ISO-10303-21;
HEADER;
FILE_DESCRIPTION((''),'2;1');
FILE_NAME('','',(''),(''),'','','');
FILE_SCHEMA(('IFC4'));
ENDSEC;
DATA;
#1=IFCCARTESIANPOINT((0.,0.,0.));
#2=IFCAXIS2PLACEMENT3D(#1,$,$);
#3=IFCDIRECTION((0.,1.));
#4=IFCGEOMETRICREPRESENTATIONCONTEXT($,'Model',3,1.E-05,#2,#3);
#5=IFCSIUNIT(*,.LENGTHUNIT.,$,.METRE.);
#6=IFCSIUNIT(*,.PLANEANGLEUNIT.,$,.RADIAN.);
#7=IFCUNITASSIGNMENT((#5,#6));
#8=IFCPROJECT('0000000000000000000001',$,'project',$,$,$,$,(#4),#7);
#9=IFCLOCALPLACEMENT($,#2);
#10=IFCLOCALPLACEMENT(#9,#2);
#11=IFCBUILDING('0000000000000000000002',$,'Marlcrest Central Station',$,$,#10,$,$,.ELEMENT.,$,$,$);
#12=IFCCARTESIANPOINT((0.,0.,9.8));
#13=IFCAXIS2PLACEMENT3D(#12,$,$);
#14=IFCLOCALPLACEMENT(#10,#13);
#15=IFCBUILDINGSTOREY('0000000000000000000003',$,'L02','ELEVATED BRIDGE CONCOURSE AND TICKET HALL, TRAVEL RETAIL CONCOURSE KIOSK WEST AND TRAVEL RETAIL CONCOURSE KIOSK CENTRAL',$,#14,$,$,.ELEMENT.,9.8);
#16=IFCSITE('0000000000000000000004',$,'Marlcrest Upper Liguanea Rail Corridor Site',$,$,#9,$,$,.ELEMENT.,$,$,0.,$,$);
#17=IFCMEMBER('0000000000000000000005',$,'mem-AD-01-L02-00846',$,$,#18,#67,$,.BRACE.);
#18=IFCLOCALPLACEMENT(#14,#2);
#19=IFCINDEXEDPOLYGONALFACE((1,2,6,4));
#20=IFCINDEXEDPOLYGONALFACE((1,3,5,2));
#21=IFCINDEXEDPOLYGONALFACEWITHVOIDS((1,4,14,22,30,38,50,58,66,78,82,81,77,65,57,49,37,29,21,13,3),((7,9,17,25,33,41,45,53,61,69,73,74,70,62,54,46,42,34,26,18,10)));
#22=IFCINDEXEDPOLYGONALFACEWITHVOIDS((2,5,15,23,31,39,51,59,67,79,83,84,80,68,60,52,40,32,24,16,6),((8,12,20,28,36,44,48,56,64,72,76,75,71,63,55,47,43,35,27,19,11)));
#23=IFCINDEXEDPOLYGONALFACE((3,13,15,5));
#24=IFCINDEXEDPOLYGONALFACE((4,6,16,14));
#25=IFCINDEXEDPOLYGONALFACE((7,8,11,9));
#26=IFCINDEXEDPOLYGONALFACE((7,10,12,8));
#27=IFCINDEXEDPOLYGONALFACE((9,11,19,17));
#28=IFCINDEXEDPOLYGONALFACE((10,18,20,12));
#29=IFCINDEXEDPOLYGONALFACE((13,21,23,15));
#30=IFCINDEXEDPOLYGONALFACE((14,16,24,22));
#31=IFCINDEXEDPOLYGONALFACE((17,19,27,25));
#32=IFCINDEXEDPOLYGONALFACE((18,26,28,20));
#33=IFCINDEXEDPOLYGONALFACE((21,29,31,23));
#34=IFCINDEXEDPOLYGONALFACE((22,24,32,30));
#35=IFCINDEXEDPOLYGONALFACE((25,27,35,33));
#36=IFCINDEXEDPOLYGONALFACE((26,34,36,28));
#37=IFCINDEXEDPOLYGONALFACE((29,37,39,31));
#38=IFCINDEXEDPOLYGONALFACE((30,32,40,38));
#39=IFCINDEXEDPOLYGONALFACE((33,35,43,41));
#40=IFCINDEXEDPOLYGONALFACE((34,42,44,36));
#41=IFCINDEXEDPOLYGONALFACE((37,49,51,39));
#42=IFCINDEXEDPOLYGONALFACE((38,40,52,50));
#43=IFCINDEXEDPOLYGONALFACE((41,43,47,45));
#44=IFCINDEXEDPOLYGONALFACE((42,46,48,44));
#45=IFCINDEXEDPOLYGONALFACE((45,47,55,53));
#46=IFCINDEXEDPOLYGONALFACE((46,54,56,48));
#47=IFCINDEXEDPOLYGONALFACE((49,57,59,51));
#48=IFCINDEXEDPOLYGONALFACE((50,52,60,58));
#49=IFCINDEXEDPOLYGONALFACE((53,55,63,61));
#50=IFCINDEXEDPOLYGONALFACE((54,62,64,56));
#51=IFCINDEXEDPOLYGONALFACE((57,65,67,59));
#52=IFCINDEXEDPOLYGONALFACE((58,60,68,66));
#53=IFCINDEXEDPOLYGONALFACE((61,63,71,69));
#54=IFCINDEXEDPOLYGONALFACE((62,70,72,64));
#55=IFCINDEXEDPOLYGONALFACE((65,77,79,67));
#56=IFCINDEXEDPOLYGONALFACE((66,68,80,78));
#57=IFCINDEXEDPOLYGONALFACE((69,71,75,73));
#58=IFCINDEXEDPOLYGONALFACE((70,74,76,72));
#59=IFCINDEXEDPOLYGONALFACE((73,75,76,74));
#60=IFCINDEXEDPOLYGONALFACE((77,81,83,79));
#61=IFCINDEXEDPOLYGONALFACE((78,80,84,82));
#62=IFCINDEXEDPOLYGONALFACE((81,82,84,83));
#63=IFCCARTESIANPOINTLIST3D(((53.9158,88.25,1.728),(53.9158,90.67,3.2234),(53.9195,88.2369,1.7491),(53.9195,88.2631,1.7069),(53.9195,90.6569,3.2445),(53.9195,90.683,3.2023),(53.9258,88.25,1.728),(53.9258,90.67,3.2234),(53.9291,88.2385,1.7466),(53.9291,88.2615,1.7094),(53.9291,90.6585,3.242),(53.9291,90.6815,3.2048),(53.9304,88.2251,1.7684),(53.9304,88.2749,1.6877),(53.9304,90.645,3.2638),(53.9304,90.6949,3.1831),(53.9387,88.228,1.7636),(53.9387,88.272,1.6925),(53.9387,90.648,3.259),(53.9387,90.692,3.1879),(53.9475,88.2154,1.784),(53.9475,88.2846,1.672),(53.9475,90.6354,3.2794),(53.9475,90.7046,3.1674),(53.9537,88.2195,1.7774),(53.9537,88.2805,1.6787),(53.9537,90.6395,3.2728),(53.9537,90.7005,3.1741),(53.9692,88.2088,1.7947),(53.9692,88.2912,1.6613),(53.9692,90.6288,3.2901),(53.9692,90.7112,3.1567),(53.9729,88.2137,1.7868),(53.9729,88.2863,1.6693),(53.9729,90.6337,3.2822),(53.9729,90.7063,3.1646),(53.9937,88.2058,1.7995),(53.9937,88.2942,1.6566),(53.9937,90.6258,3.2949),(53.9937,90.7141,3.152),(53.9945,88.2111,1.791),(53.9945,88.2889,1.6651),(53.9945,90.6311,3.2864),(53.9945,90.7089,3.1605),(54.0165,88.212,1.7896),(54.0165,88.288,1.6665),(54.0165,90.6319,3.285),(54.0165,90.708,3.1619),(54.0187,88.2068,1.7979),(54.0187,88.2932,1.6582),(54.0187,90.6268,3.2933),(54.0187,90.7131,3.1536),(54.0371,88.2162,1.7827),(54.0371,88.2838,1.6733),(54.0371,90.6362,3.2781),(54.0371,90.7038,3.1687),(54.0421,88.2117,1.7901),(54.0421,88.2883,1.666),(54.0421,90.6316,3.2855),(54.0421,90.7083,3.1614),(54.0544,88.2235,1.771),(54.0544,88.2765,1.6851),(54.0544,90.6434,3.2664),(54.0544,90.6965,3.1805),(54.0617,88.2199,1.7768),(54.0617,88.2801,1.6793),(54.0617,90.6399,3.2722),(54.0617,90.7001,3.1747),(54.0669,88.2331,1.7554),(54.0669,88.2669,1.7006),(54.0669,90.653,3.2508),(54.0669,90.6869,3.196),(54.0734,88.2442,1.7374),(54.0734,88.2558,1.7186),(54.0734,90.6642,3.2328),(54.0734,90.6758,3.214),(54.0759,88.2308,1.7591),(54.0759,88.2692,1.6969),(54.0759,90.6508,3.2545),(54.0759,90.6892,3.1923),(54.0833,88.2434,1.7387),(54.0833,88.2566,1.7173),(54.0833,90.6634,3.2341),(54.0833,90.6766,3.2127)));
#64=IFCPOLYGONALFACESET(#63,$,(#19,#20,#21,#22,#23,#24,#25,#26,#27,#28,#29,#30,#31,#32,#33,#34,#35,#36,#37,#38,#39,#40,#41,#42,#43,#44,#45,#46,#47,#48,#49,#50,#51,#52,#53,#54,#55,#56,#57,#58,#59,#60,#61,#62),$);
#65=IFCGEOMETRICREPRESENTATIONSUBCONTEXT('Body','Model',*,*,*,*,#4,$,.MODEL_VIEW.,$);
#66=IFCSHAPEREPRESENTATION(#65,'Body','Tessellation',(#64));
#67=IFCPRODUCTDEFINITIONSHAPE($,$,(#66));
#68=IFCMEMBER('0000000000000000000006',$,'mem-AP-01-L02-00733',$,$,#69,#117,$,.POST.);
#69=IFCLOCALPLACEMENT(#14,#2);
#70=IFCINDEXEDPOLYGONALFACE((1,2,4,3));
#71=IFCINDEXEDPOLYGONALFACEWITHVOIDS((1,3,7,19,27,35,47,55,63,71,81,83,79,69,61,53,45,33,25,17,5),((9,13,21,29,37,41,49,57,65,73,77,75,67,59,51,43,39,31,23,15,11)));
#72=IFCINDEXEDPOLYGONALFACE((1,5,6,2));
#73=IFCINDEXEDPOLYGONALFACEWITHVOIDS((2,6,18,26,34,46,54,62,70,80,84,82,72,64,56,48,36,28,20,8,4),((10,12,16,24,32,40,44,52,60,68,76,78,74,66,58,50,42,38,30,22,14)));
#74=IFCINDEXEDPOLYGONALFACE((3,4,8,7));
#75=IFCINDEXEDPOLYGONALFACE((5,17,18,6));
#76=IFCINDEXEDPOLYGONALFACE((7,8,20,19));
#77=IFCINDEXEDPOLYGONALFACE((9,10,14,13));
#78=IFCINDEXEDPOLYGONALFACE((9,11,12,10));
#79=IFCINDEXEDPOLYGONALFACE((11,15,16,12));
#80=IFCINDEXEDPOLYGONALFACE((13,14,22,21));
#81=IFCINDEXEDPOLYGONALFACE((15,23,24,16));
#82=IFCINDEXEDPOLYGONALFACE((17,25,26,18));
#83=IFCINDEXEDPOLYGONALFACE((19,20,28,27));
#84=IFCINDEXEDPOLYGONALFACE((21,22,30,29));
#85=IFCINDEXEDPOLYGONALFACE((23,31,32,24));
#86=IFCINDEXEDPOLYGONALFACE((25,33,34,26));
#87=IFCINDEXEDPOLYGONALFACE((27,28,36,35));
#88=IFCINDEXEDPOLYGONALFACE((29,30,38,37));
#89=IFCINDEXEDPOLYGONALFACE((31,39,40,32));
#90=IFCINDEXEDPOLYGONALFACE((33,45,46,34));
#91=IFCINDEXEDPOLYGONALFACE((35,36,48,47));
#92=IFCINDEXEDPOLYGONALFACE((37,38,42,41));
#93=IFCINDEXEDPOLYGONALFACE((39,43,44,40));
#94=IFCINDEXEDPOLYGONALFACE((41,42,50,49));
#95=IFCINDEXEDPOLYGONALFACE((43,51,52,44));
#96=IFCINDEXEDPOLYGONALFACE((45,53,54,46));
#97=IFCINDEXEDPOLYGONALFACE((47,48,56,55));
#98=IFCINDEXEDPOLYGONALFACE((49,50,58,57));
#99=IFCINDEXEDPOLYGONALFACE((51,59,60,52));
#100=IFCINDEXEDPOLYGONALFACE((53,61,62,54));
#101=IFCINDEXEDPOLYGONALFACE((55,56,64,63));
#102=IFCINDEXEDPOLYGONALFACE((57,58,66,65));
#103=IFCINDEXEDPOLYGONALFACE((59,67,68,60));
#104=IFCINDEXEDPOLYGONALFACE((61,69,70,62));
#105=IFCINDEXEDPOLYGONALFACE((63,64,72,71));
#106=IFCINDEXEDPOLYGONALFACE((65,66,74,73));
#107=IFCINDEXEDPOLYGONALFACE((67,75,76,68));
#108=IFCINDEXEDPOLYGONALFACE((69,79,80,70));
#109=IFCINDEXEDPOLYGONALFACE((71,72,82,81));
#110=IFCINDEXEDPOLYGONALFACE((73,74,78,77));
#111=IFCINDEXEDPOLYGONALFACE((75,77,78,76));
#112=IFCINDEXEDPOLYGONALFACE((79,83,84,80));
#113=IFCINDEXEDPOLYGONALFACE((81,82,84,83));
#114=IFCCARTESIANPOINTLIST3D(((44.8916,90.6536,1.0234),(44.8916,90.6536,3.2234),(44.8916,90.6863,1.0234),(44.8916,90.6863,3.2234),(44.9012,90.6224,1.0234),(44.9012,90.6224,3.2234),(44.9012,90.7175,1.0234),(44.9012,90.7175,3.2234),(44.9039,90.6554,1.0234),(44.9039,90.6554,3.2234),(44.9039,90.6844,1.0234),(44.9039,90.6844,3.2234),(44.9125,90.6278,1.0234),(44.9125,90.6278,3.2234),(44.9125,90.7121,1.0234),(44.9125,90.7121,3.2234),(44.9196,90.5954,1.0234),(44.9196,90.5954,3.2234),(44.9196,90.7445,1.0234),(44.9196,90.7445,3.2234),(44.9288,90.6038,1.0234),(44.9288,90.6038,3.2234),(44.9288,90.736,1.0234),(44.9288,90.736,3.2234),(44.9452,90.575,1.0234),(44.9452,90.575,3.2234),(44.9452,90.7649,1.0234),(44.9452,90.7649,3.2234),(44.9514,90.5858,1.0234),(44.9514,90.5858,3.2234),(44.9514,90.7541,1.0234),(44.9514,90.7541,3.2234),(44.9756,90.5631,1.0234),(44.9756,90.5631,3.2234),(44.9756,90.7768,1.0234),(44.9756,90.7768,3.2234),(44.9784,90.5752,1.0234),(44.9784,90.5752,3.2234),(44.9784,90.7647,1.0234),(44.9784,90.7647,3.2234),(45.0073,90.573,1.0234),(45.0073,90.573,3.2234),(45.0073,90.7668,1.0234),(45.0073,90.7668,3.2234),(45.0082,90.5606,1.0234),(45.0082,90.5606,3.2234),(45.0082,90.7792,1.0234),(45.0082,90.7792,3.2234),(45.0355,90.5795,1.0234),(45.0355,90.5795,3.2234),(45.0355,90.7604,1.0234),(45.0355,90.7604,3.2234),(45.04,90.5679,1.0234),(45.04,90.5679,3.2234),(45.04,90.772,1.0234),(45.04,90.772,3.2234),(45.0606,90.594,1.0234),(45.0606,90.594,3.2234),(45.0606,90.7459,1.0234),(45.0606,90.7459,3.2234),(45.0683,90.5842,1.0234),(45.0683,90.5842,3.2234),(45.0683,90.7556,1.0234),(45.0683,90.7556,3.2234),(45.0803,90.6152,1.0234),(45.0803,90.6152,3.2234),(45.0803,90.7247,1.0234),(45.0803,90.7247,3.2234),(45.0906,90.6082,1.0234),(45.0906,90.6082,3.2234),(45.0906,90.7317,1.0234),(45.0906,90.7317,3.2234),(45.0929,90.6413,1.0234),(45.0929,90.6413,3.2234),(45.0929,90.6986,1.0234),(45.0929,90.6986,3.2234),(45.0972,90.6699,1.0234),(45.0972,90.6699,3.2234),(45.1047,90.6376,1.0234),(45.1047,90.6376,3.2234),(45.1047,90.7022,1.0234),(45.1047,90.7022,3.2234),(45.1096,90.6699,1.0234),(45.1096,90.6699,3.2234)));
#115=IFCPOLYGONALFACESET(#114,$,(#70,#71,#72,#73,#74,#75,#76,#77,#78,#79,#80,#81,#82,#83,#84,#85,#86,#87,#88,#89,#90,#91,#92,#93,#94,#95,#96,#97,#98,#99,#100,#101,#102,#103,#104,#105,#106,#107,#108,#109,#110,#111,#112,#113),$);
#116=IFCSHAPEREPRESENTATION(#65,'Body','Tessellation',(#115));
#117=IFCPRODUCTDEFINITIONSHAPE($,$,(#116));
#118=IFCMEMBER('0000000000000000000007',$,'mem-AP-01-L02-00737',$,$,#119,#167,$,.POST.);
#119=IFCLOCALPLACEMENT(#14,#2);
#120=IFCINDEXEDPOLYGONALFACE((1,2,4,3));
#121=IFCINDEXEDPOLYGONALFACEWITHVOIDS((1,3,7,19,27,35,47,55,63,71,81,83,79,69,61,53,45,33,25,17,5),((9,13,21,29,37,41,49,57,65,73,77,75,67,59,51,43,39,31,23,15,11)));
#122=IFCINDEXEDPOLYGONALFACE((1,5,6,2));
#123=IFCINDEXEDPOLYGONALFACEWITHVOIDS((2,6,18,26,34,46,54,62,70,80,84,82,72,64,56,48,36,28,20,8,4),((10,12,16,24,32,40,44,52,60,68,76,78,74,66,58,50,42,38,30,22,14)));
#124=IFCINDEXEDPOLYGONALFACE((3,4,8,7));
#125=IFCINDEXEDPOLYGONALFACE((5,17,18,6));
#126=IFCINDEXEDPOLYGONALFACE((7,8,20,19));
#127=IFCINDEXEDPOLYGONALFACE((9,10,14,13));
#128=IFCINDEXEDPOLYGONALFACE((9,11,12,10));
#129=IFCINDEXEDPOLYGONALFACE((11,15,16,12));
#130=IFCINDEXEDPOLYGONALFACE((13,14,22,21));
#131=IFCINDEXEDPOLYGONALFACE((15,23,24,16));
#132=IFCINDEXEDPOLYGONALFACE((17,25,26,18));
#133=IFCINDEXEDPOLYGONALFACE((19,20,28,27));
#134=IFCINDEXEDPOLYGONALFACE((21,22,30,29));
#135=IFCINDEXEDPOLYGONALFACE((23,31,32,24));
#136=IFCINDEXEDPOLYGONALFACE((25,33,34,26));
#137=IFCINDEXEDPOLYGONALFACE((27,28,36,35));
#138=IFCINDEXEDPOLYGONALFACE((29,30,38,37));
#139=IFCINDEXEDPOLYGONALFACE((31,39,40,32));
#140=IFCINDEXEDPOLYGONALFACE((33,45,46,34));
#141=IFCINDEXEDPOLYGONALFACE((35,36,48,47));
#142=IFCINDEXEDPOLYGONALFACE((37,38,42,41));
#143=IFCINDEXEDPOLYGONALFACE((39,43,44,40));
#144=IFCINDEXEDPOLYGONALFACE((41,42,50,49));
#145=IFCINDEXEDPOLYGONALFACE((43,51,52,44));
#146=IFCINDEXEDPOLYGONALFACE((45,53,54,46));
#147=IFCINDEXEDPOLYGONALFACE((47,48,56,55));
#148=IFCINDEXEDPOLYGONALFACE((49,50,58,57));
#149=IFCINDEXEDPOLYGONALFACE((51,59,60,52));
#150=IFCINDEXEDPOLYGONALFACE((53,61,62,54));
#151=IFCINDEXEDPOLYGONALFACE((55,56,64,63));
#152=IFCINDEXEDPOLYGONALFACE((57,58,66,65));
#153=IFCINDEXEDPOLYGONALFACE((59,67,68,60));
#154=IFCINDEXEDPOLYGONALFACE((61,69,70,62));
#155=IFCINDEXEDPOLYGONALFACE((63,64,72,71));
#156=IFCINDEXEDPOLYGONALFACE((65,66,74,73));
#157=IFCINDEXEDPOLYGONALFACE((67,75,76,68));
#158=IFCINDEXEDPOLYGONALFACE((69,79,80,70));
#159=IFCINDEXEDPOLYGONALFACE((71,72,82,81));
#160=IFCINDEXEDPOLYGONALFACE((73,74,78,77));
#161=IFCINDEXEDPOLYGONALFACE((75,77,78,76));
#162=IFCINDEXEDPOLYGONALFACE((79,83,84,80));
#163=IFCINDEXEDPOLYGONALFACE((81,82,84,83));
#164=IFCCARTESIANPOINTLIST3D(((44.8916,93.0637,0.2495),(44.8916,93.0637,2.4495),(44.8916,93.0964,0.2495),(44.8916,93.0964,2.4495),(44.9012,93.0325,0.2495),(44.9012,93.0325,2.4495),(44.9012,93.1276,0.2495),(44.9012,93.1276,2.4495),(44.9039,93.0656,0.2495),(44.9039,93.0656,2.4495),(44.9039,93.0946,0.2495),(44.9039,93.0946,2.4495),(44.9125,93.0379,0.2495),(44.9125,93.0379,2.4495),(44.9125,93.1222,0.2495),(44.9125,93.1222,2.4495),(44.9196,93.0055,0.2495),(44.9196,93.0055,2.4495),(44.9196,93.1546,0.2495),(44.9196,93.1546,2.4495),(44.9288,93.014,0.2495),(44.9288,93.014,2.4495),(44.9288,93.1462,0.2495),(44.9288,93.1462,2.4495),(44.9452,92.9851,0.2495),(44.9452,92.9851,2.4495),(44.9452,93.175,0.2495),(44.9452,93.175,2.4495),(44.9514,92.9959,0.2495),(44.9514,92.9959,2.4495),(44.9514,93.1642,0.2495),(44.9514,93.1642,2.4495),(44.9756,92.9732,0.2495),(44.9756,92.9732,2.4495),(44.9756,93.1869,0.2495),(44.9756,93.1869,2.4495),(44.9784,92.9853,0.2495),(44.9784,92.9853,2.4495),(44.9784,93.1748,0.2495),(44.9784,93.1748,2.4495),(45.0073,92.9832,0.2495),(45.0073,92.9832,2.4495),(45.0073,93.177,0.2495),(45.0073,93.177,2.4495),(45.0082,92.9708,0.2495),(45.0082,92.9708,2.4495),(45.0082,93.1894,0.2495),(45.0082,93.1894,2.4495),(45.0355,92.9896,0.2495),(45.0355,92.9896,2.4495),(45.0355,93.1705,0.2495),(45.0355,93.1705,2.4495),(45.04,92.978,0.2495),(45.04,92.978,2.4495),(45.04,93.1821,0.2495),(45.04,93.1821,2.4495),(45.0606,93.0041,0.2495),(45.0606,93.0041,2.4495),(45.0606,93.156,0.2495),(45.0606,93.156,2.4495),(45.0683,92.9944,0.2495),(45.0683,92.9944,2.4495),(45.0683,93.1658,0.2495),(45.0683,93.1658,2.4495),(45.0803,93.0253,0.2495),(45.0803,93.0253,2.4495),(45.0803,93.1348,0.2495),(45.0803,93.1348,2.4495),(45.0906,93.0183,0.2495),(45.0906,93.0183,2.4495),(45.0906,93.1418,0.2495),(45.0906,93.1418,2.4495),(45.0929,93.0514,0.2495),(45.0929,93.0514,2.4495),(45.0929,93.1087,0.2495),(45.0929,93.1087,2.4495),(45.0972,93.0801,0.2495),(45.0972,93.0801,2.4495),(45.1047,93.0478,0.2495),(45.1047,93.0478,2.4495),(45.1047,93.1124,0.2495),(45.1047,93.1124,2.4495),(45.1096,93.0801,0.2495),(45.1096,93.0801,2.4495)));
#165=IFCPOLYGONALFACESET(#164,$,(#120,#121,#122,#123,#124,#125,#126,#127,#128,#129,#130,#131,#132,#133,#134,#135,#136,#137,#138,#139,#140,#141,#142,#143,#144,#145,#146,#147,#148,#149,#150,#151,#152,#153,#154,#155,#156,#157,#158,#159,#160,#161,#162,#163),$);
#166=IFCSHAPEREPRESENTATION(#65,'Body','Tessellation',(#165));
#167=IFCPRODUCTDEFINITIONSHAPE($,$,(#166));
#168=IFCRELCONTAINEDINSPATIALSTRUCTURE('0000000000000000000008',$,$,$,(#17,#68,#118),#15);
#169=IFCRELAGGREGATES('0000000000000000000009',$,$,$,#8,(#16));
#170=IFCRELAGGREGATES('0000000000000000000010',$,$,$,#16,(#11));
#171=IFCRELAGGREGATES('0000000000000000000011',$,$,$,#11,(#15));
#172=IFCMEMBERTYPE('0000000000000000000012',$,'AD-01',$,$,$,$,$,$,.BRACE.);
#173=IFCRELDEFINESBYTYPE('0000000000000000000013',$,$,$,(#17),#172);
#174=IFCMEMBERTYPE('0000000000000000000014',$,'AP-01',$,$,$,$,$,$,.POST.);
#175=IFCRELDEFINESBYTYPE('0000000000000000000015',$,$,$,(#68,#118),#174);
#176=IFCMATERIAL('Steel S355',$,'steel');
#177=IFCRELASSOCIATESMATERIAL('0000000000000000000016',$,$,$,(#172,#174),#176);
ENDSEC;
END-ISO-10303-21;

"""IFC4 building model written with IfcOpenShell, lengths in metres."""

from ifc_helpers import new_model, si_unit, direction, frame, origin, origin_2d, place, context, subcontext, project, spatial, hollow_circle, extrude, material, material_profile, profile_set, type_object, element, save


model = new_model("IFC4")

# Units and contexts
model_context = context("Model", 3, precision=1e-05, world=origin(), true_north=direction((0.0, 1.0)))
body_context = subcontext(model_context, "Body", "Model", "MODEL_VIEW")
ifc_project = project(units=[si_unit("LENGTHUNIT", "METRE"), si_unit("PLANEANGLEUNIT", "RADIAN")], contexts=[model_context])

# Site, building, storey
site_placement = place(None, origin())
site = spatial("IfcSite", under=ifc_project, at=site_placement, Name="Marlcrest Upper Liguanea Rail Corridor Site", CompositionType="ELEMENT", RefElevation=0.0)
building_placement = place(site_placement, origin())
building = spatial("IfcBuilding", under=site, at=building_placement, Name="Marlcrest Central Station", CompositionType="ELEMENT")
storey_placement = place(building_placement, frame((0.0, 0.0, 9.8)))
storey = spatial("IfcBuildingStorey", under=building, at=storey_placement, Name="L02", Description="ELEVATED BRIDGE CONCOURSE AND TICKET HALL, TRAVEL RETAIL CONCOURSE KIOSK WEST AND TRAVEL RETAIL CONCOURSE KIOSK CENTRAL", CompositionType="ELEMENT", Elevation=9.8)

# Members
ifc_material_1 = material(Name="Steel S355", Category="steel")
ifc_material_profile_1 = material_profile(ifc_material_1, hollow_circle(Radius=0.0842, WallThickness=0.01, at=origin_2d()), Name="CHS 168.3x10")
ifc_profile_set_1 = profile_set([ifc_material_profile_1], Name="Steel S355")
member_type_1 = type_object("IfcMemberType", Name="AD-01", PredefinedType="BRACE", material=ifc_profile_set_1)
member_1_placement = place(storey_placement, frame((54.0, 88.25, 1.728), z_axis=(0.0, 0.850687, 0.525672), x_axis=(-1.0, 0.0, 0.0)))
element("IfcMember", 1, at=member_1_placement, inside=storey, type_object=member_type_1, Name="mem-AD-01-L02-00846", PredefinedType="BRACE", context=body_context, shape_type="SweptSolid", body=[
    extrude(hollow_circle(Radius=0.0842, WallThickness=0.01, at=origin_2d()), origin(), (0.0, 0.0, 1.0), 2.8447),
])
ifc_material_profile_2 = material_profile(ifc_material_1, hollow_circle(Radius=0.1096, WallThickness=0.0125, at=origin_2d()), Name="CHS 219.1x12.5")
ifc_profile_set_2 = profile_set([ifc_material_profile_2], Name="Steel S355")
member_type_2 = type_object("IfcMemberType", Name="AP-01", PredefinedType="POST", material=ifc_profile_set_2)
for number, where, z_axis, x_axis, name in (
    (2, (45.0, 90.6699, 1.0234), (0.0, 0.0, 1.0), (1.0, 0.0, 0.0), "mem-AP-01-L02-00733"),
    (3, (45.0, 93.0801, 0.2495), (0.0, 0.0, 1.0), (1.0, 0.0, 0.0), "mem-AP-01-L02-00737"),
):
    element("IfcMember", number, at=place(storey_placement, frame(where, z_axis=z_axis, x_axis=x_axis)), inside=storey, type_object=member_type_2, Name=name, PredefinedType="POST", context=body_context, shape_type="SweptSolid", body=[
        extrude(hollow_circle(Radius=0.1096, WallThickness=0.0125, at=origin_2d()), origin(), (0.0, 0.0, 1.0), 2.2),
    ])

save(model, "model.ifc")
